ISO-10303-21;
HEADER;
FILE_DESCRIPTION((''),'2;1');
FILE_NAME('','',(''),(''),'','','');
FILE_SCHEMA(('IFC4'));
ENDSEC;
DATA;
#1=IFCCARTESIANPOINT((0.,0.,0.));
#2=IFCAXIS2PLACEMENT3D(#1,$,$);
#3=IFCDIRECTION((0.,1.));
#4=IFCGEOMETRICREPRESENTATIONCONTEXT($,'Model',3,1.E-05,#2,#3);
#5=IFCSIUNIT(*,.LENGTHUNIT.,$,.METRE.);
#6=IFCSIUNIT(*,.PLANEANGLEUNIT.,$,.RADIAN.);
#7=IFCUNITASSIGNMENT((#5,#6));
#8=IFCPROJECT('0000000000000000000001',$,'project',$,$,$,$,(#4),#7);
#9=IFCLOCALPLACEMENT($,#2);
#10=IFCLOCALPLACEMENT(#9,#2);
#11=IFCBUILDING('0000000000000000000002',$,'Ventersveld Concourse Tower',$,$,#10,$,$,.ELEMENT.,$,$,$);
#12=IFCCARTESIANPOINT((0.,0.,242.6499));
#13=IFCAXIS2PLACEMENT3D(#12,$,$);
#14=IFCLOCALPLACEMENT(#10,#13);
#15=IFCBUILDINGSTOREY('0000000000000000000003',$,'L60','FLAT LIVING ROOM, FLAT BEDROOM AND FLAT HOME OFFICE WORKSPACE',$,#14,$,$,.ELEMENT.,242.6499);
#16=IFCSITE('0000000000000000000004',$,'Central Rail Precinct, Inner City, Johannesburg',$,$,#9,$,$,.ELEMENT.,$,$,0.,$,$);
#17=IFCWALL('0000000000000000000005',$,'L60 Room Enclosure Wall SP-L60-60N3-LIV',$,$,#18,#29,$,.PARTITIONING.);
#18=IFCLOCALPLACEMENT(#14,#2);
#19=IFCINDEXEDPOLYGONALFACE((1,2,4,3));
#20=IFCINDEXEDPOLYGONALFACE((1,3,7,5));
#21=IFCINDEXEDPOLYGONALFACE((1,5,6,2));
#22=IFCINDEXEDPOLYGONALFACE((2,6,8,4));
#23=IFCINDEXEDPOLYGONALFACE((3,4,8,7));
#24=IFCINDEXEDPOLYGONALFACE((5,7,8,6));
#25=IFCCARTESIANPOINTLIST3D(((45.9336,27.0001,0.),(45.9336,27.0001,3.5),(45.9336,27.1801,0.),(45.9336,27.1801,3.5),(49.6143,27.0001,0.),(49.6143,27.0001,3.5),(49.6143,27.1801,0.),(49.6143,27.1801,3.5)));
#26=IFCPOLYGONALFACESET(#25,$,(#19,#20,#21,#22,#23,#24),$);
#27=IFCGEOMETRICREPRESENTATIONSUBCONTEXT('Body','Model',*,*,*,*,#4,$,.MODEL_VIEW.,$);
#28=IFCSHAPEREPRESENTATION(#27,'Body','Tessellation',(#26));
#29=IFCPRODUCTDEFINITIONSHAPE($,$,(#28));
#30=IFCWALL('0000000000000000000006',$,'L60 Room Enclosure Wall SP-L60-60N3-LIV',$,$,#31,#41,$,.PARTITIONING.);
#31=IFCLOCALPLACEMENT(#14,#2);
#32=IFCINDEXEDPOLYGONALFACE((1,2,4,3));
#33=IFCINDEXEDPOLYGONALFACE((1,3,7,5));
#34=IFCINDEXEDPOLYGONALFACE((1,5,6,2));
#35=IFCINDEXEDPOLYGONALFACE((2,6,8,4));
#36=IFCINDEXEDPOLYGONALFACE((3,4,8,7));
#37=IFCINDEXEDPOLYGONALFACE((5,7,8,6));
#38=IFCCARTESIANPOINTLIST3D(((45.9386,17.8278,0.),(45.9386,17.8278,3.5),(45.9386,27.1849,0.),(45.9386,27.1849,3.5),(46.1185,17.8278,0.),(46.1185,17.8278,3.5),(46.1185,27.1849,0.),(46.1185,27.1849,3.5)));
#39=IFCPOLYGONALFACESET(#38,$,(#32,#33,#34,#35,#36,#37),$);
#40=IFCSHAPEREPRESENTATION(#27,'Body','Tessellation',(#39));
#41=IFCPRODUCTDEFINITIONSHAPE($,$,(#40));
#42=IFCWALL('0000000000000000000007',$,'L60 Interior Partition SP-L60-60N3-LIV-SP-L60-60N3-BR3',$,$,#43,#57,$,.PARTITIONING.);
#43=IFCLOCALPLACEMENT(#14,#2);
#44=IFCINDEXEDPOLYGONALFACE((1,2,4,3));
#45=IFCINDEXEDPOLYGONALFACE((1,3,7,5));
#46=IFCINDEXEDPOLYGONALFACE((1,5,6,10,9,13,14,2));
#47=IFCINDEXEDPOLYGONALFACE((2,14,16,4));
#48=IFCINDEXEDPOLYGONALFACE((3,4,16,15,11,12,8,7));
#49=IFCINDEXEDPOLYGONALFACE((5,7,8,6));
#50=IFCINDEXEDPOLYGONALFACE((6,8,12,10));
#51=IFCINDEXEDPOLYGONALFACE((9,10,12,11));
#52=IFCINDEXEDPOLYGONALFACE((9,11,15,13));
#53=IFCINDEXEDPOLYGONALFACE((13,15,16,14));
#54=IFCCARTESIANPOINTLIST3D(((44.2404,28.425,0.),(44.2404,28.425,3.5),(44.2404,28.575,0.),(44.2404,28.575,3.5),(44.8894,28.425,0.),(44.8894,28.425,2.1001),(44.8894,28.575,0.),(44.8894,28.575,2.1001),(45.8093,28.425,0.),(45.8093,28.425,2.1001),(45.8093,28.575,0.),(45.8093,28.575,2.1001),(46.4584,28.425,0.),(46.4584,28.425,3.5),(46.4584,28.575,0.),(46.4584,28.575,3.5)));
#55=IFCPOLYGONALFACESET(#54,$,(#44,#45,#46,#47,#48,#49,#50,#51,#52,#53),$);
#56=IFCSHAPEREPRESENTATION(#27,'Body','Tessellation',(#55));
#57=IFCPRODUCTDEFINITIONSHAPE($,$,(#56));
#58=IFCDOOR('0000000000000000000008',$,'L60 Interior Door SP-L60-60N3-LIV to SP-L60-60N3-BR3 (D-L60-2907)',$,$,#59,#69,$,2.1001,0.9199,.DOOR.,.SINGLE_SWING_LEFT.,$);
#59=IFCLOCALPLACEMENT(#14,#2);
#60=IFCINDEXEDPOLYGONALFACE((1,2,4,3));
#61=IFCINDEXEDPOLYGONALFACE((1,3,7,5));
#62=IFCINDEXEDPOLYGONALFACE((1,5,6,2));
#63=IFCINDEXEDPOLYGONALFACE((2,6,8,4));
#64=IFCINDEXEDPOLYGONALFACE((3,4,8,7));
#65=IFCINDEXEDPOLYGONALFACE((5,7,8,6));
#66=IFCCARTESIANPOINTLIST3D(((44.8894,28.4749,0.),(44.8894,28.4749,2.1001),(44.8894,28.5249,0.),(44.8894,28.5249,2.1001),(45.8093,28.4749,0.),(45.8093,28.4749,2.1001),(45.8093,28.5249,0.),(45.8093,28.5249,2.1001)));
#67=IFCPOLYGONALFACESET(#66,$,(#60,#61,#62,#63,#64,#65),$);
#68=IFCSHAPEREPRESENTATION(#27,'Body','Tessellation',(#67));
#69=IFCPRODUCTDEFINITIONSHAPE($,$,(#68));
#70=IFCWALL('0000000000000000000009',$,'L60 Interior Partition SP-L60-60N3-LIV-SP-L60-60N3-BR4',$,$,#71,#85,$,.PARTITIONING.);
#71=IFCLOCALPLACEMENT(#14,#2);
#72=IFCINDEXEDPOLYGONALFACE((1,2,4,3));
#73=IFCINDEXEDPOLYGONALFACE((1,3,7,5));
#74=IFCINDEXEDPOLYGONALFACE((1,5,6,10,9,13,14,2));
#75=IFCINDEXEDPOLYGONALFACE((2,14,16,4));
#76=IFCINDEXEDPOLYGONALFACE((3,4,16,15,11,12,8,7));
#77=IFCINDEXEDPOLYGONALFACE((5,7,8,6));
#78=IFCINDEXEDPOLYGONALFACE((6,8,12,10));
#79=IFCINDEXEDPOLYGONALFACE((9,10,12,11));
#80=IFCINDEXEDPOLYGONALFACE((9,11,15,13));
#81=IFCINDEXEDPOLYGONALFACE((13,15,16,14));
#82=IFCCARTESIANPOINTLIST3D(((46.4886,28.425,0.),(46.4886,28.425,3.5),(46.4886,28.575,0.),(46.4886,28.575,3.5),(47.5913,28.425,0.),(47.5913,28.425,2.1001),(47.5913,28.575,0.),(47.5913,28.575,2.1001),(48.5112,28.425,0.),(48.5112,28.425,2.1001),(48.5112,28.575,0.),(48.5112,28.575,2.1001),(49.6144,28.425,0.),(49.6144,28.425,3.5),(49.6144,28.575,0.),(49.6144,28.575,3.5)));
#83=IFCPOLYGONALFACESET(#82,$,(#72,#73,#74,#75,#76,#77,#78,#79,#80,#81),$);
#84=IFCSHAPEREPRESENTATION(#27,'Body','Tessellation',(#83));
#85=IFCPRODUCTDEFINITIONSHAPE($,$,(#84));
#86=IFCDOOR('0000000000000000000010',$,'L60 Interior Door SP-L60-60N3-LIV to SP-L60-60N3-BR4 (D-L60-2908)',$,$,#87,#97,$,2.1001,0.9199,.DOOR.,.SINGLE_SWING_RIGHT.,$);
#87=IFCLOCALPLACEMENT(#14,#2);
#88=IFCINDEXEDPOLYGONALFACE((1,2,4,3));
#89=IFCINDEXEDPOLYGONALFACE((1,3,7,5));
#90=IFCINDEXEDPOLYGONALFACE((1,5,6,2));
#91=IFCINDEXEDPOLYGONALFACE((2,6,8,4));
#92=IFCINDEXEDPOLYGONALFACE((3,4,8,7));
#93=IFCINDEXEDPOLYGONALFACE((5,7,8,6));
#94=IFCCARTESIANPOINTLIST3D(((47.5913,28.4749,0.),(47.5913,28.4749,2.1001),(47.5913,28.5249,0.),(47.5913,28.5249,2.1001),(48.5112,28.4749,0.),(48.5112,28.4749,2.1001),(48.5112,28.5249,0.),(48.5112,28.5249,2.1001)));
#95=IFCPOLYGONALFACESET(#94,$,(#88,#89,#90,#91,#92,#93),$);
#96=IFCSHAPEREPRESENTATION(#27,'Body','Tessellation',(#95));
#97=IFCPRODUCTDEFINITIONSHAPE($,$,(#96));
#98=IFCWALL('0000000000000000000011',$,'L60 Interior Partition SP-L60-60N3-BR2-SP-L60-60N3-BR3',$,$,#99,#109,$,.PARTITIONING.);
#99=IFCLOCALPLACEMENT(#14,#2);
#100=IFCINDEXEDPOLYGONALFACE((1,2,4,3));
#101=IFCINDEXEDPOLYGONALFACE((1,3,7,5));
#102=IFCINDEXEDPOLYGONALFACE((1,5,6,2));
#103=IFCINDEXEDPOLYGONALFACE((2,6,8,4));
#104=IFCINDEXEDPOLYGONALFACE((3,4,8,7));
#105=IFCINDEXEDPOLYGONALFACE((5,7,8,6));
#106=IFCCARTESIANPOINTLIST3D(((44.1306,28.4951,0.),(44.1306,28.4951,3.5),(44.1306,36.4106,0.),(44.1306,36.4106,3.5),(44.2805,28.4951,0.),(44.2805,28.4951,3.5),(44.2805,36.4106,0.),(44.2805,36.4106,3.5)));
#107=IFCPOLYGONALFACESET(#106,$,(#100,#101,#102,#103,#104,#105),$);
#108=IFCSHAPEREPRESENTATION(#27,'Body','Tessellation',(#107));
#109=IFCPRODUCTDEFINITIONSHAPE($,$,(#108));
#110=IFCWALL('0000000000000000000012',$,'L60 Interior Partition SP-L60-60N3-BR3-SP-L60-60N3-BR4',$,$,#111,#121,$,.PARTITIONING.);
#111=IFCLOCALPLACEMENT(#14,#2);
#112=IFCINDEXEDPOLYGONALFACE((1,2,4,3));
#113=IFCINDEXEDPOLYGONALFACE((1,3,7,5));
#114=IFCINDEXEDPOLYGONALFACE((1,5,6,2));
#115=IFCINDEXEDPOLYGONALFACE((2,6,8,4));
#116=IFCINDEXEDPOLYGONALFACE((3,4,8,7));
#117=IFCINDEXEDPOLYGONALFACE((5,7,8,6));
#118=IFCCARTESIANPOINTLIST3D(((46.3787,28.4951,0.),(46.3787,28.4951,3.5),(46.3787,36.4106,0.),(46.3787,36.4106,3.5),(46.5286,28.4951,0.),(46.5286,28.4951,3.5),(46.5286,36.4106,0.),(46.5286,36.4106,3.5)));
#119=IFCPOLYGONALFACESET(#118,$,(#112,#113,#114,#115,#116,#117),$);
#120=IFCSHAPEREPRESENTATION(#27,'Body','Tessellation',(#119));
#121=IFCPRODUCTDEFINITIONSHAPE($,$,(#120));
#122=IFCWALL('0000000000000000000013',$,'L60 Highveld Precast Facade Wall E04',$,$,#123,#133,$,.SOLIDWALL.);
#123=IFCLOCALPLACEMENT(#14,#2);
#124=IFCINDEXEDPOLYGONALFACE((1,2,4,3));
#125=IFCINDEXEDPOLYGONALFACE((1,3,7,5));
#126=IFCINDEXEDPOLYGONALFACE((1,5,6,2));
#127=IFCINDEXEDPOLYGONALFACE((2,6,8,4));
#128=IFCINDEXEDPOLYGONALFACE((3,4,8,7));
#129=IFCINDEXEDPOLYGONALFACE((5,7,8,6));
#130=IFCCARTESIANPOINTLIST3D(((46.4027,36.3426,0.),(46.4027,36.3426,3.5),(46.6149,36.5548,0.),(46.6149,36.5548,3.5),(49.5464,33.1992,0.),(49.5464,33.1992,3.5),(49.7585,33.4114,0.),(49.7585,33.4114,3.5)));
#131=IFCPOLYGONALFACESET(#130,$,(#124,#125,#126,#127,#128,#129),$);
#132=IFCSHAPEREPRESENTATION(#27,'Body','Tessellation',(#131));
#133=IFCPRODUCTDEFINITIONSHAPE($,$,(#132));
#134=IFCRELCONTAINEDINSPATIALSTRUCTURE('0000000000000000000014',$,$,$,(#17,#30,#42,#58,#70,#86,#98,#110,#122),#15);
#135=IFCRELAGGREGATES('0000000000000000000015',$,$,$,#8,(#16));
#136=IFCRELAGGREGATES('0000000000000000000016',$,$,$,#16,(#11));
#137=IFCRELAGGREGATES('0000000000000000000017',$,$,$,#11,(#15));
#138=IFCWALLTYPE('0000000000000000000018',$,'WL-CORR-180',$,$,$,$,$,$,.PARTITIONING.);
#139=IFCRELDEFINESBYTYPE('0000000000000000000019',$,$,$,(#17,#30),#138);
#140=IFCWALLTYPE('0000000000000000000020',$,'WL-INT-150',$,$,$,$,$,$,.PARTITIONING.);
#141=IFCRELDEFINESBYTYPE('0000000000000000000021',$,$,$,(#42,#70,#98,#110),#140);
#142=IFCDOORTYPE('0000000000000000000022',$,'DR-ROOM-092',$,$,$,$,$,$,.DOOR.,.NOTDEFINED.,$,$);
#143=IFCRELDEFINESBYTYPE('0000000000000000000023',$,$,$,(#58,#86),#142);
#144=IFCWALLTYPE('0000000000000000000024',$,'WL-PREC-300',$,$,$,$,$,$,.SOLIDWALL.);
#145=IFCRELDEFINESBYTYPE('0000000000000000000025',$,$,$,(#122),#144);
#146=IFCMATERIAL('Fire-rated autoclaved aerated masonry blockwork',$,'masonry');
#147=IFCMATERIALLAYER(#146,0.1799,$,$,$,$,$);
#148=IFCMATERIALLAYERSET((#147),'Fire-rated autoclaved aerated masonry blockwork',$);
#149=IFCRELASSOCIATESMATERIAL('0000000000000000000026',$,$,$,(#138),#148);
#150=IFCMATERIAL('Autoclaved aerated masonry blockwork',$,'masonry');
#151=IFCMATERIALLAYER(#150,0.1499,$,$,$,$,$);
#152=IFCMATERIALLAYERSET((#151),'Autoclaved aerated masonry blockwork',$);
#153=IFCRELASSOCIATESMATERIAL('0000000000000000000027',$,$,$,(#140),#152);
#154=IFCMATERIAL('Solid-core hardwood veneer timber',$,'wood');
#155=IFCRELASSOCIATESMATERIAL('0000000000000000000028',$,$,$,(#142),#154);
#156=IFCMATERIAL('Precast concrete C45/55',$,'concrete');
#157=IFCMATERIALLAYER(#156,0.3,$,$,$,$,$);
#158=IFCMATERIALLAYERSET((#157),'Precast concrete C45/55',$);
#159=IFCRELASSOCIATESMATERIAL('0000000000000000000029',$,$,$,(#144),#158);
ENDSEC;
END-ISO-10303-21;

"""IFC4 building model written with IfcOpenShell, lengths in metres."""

from ifc_helpers import new_model, si_unit, direction, frame, frame_2d, origin, place, context, subcontext, project, spatial, rectangle, extrude, material, layer, layer_set, type_object, element, fill, save


model = new_model("IFC4")

# Units and contexts
model_context = context("Model", 3, precision=1e-05, world=origin(), true_north=direction((0.0, 1.0)))
body_context = subcontext(model_context, "Body", "Model", "MODEL_VIEW")
ifc_project = project(units=[si_unit("LENGTHUNIT", "METRE"), si_unit("PLANEANGLEUNIT", "RADIAN")], contexts=[model_context])

# Site, building, storey
site_placement = place(None, origin())
site = spatial("IfcSite", under=ifc_project, at=site_placement, Name="Central Rail Precinct, Inner City, Johannesburg", CompositionType="ELEMENT", RefElevation=0.0)
building_placement = place(site_placement, origin())
building = spatial("IfcBuilding", under=site, at=building_placement, Name="Ventersveld Concourse Tower", CompositionType="ELEMENT")
storey_placement = place(building_placement, frame((0.0, 0.0, 242.6499)))
storey = spatial("IfcBuildingStorey", under=building, at=storey_placement, Name="L60", Description="FLAT LIVING ROOM, FLAT BEDROOM AND FLAT HOME OFFICE WORKSPACE", CompositionType="ELEMENT", Elevation=242.6499)

# Walls
ifc_material_1 = material(Name="Fire-rated autoclaved aerated masonry blockwork", Category="masonry")
ifc_layer_1 = layer(ifc_material_1, 0.1799)
ifc_layer_set_1 = layer_set([ifc_layer_1], Name="Fire-rated autoclaved aerated masonry blockwork")
wall_type_1 = type_object("IfcWallType", Name="WL-CORR-180", PredefinedType="PARTITIONING", material=ifc_layer_set_1)
wall_1_placement = place(storey_placement, frame((49.6143, 27.0901, 0.0), z_axis=(0.0, 0.0, 1.0), x_axis=(-1.0, 0.0, 0.0)))
element("IfcWall", 1, at=wall_1_placement, inside=storey, type_object=wall_type_1, Name="L60 Room Enclosure Wall SP-L60-60N3-LIV", PredefinedType="PARTITIONING", context=body_context, shape_type="SweptSolid", body=[
    extrude(rectangle(XDim=3.6807, YDim=0.1799, at=frame_2d((1.8403, 0.0))), origin(), (0.0, 0.0, 1.0), 3.5),
])
wall_2_placement = place(storey_placement, frame((46.0286, 27.1851, 0.0), z_axis=(0.0, 0.0, 1.0), x_axis=(0.0, -1.0, 0.0)))
element("IfcWall", 2, at=wall_2_placement, inside=storey, type_object=wall_type_1, Name="L60 Room Enclosure Wall SP-L60-60N3-LIV", PredefinedType="PARTITIONING", context=body_context, shape_type="SweptSolid", body=[
    extrude(rectangle(XDim=9.3572, YDim=0.1799, at=frame_2d((4.6787, 0.0))), origin(), (0.0, 0.0, 1.0), 3.5),
])

# Walls, openings, doors
ifc_material_2 = material(Name="Autoclaved aerated masonry blockwork", Category="masonry")
ifc_layer_2 = layer(ifc_material_2, 0.1499)
ifc_layer_set_2 = layer_set([ifc_layer_2], Name="Autoclaved aerated masonry blockwork")
wall_type_2 = type_object("IfcWallType", Name="WL-INT-150", PredefinedType="PARTITIONING", material=ifc_layer_set_2)
wall_3_placement = place(storey_placement, frame((44.2405, 28.5, 0.0), z_axis=(0.0, 0.0, 1.0), x_axis=(1.0, 0.0, 0.0)))
wall_3 = element("IfcWall", 3, at=wall_3_placement, inside=storey, type_object=wall_type_2, Name="L60 Interior Partition SP-L60-60N3-LIV-SP-L60-60N3-BR3", PredefinedType="PARTITIONING", context=body_context, shape_type="SweptSolid", body=[
    extrude(rectangle(XDim=2.218, YDim=0.1499, at=frame_2d((1.1089, 0.0))), origin(), (0.0, 0.0, 1.0), 3.5),
])
opening_1_placement = place(wall_3_placement, frame((0.6489, 0.0, 0.0)))
opening_1 = element("IfcOpeningElement", 4, at=opening_1_placement, cuts=wall_3, PredefinedType="OPENING", context=body_context, shape_type="SweptSolid", body=[
    extrude(rectangle(XDim=0.9199, YDim=2.1001, at=frame_2d((0.46, 1.05))), frame((0.0, 0.085, 0.0), z_axis=(0.0, -1.0, 0.0), x_axis=(1.0, 0.0, 0.0)), (0.0, 0.0, 1.0), 0.1699),
])
ifc_material_3 = material(Name="Solid-core hardwood veneer timber", Category="wood")
door_type = type_object("IfcDoorType", Name="DR-ROOM-092", OperationType="NOTDEFINED", PredefinedType="DOOR", material=ifc_material_3)
door_1_placement = place(opening_1_placement, origin())
door_1 = element("IfcDoor", 5, at=door_1_placement, inside=storey, type_object=door_type, Name="L60 Interior Door SP-L60-60N3-LIV to SP-L60-60N3-BR3 (D-L60-2907)", OperationType="SINGLE_SWING_LEFT", OverallHeight=2.1001, OverallWidth=0.9199, PredefinedType="DOOR", context=body_context, shape_type="SweptSolid", body=[
    extrude(rectangle(XDim=0.9199, YDim=2.1001, at=frame_2d((0.46, 1.05))), frame((0.0, 0.0249, 0.0), z_axis=(0.0, -1.0, 0.0), x_axis=(1.0, 0.0, 0.0)), (0.0, 0.0, 1.0), 0.05),
])
fill(opening_1, door_1)
wall_4_placement = place(storey_placement, frame((46.4885, 28.5, 0.0), z_axis=(0.0, 0.0, 1.0), x_axis=(1.0, 0.0, 0.0)))
wall_4 = element("IfcWall", 6, at=wall_4_placement, inside=storey, type_object=wall_type_2, Name="L60 Interior Partition SP-L60-60N3-LIV-SP-L60-60N3-BR4", PredefinedType="PARTITIONING", context=body_context, shape_type="SweptSolid", body=[
    extrude(rectangle(XDim=3.1257, YDim=0.1499, at=frame_2d((1.563, 0.0))), origin(), (0.0, 0.0, 1.0), 3.5),
])
opening_2_placement = place(wall_4_placement, frame((1.1028, 0.0, 0.0)))
opening_2 = element("IfcOpeningElement", 7, at=opening_2_placement, cuts=wall_4, PredefinedType="OPENING", context=body_context, shape_type="SweptSolid", body=[
    extrude(rectangle(XDim=0.9199, YDim=2.1001, at=frame_2d((0.46, 1.05))), frame((0.0, 0.085, 0.0), z_axis=(0.0, -1.0, 0.0), x_axis=(1.0, 0.0, 0.0)), (0.0, 0.0, 1.0), 0.1699),
])
door_2_placement = place(opening_2_placement, origin())
door_2 = element("IfcDoor", 8, at=door_2_placement, inside=storey, type_object=door_type, Name="L60 Interior Door SP-L60-60N3-LIV to SP-L60-60N3-BR4 (D-L60-2908)", OperationType="SINGLE_SWING_RIGHT", OverallHeight=2.1001, OverallWidth=0.9199, PredefinedType="DOOR", context=body_context, shape_type="SweptSolid", body=[
    extrude(rectangle(XDim=0.9199, YDim=2.1001, at=frame_2d((0.46, 1.05))), frame((0.0, 0.0249, 0.0), z_axis=(0.0, -1.0, 0.0), x_axis=(1.0, 0.0, 0.0)), (0.0, 0.0, 1.0), 0.05),
])
fill(opening_2, door_2)

# Walls
for number, where, z_axis, x_axis, name in (
    (9, (44.2056, 28.4951, 0.0), (0.0, 0.0, 1.0), (0.0, 1.0, 0.0), "L60 Interior Partition SP-L60-60N3-BR2-SP-L60-60N3-BR3"),
    (10, (46.4536, 28.4951, 0.0), (0.0, 0.0, 1.0), (0.0, 1.0, 0.0), "L60 Interior Partition SP-L60-60N3-BR3-SP-L60-60N3-BR4"),
):
    element("IfcWall", number, at=place(storey_placement, frame(where, z_axis=z_axis, x_axis=x_axis)), inside=storey, type_object=wall_type_2, Name=name, PredefinedType="PARTITIONING", context=body_context, shape_type="SweptSolid", body=[
        extrude(rectangle(XDim=7.9155, YDim=0.1499, at=frame_2d((3.9578, 0.0))), origin(), (0.0, 0.0, 1.0), 3.5),
    ])
ifc_material_4 = material(Name="Precast concrete C45/55", Category="concrete")
ifc_layer_3 = layer(ifc_material_4, 0.3)
ifc_layer_set_3 = layer_set([ifc_layer_3], Name="Precast concrete C45/55")
wall_type_3 = type_object("IfcWallType", Name="WL-PREC-300", PredefinedType="SOLIDWALL", material=ifc_layer_set_3)
wall_5_placement = place(storey_placement, frame((49.6523, 33.3054, 0.0), z_axis=(0.0, 0.0, 1.0), x_axis=(-0.707134, 0.707079, 0.0)))
element("IfcWall", 11, at=wall_5_placement, inside=storey, type_object=wall_type_3, Name="L60 Highveld Precast Facade Wall E04", PredefinedType="SOLIDWALL", context=body_context, shape_type="SweptSolid", body=[
    extrude(rectangle(XDim=4.4456, YDim=0.3, at=frame_2d((2.2227, 0.0))), origin(), (0.0, 0.0, 1.0), 3.5),
])

save(model, "model.ifc")
